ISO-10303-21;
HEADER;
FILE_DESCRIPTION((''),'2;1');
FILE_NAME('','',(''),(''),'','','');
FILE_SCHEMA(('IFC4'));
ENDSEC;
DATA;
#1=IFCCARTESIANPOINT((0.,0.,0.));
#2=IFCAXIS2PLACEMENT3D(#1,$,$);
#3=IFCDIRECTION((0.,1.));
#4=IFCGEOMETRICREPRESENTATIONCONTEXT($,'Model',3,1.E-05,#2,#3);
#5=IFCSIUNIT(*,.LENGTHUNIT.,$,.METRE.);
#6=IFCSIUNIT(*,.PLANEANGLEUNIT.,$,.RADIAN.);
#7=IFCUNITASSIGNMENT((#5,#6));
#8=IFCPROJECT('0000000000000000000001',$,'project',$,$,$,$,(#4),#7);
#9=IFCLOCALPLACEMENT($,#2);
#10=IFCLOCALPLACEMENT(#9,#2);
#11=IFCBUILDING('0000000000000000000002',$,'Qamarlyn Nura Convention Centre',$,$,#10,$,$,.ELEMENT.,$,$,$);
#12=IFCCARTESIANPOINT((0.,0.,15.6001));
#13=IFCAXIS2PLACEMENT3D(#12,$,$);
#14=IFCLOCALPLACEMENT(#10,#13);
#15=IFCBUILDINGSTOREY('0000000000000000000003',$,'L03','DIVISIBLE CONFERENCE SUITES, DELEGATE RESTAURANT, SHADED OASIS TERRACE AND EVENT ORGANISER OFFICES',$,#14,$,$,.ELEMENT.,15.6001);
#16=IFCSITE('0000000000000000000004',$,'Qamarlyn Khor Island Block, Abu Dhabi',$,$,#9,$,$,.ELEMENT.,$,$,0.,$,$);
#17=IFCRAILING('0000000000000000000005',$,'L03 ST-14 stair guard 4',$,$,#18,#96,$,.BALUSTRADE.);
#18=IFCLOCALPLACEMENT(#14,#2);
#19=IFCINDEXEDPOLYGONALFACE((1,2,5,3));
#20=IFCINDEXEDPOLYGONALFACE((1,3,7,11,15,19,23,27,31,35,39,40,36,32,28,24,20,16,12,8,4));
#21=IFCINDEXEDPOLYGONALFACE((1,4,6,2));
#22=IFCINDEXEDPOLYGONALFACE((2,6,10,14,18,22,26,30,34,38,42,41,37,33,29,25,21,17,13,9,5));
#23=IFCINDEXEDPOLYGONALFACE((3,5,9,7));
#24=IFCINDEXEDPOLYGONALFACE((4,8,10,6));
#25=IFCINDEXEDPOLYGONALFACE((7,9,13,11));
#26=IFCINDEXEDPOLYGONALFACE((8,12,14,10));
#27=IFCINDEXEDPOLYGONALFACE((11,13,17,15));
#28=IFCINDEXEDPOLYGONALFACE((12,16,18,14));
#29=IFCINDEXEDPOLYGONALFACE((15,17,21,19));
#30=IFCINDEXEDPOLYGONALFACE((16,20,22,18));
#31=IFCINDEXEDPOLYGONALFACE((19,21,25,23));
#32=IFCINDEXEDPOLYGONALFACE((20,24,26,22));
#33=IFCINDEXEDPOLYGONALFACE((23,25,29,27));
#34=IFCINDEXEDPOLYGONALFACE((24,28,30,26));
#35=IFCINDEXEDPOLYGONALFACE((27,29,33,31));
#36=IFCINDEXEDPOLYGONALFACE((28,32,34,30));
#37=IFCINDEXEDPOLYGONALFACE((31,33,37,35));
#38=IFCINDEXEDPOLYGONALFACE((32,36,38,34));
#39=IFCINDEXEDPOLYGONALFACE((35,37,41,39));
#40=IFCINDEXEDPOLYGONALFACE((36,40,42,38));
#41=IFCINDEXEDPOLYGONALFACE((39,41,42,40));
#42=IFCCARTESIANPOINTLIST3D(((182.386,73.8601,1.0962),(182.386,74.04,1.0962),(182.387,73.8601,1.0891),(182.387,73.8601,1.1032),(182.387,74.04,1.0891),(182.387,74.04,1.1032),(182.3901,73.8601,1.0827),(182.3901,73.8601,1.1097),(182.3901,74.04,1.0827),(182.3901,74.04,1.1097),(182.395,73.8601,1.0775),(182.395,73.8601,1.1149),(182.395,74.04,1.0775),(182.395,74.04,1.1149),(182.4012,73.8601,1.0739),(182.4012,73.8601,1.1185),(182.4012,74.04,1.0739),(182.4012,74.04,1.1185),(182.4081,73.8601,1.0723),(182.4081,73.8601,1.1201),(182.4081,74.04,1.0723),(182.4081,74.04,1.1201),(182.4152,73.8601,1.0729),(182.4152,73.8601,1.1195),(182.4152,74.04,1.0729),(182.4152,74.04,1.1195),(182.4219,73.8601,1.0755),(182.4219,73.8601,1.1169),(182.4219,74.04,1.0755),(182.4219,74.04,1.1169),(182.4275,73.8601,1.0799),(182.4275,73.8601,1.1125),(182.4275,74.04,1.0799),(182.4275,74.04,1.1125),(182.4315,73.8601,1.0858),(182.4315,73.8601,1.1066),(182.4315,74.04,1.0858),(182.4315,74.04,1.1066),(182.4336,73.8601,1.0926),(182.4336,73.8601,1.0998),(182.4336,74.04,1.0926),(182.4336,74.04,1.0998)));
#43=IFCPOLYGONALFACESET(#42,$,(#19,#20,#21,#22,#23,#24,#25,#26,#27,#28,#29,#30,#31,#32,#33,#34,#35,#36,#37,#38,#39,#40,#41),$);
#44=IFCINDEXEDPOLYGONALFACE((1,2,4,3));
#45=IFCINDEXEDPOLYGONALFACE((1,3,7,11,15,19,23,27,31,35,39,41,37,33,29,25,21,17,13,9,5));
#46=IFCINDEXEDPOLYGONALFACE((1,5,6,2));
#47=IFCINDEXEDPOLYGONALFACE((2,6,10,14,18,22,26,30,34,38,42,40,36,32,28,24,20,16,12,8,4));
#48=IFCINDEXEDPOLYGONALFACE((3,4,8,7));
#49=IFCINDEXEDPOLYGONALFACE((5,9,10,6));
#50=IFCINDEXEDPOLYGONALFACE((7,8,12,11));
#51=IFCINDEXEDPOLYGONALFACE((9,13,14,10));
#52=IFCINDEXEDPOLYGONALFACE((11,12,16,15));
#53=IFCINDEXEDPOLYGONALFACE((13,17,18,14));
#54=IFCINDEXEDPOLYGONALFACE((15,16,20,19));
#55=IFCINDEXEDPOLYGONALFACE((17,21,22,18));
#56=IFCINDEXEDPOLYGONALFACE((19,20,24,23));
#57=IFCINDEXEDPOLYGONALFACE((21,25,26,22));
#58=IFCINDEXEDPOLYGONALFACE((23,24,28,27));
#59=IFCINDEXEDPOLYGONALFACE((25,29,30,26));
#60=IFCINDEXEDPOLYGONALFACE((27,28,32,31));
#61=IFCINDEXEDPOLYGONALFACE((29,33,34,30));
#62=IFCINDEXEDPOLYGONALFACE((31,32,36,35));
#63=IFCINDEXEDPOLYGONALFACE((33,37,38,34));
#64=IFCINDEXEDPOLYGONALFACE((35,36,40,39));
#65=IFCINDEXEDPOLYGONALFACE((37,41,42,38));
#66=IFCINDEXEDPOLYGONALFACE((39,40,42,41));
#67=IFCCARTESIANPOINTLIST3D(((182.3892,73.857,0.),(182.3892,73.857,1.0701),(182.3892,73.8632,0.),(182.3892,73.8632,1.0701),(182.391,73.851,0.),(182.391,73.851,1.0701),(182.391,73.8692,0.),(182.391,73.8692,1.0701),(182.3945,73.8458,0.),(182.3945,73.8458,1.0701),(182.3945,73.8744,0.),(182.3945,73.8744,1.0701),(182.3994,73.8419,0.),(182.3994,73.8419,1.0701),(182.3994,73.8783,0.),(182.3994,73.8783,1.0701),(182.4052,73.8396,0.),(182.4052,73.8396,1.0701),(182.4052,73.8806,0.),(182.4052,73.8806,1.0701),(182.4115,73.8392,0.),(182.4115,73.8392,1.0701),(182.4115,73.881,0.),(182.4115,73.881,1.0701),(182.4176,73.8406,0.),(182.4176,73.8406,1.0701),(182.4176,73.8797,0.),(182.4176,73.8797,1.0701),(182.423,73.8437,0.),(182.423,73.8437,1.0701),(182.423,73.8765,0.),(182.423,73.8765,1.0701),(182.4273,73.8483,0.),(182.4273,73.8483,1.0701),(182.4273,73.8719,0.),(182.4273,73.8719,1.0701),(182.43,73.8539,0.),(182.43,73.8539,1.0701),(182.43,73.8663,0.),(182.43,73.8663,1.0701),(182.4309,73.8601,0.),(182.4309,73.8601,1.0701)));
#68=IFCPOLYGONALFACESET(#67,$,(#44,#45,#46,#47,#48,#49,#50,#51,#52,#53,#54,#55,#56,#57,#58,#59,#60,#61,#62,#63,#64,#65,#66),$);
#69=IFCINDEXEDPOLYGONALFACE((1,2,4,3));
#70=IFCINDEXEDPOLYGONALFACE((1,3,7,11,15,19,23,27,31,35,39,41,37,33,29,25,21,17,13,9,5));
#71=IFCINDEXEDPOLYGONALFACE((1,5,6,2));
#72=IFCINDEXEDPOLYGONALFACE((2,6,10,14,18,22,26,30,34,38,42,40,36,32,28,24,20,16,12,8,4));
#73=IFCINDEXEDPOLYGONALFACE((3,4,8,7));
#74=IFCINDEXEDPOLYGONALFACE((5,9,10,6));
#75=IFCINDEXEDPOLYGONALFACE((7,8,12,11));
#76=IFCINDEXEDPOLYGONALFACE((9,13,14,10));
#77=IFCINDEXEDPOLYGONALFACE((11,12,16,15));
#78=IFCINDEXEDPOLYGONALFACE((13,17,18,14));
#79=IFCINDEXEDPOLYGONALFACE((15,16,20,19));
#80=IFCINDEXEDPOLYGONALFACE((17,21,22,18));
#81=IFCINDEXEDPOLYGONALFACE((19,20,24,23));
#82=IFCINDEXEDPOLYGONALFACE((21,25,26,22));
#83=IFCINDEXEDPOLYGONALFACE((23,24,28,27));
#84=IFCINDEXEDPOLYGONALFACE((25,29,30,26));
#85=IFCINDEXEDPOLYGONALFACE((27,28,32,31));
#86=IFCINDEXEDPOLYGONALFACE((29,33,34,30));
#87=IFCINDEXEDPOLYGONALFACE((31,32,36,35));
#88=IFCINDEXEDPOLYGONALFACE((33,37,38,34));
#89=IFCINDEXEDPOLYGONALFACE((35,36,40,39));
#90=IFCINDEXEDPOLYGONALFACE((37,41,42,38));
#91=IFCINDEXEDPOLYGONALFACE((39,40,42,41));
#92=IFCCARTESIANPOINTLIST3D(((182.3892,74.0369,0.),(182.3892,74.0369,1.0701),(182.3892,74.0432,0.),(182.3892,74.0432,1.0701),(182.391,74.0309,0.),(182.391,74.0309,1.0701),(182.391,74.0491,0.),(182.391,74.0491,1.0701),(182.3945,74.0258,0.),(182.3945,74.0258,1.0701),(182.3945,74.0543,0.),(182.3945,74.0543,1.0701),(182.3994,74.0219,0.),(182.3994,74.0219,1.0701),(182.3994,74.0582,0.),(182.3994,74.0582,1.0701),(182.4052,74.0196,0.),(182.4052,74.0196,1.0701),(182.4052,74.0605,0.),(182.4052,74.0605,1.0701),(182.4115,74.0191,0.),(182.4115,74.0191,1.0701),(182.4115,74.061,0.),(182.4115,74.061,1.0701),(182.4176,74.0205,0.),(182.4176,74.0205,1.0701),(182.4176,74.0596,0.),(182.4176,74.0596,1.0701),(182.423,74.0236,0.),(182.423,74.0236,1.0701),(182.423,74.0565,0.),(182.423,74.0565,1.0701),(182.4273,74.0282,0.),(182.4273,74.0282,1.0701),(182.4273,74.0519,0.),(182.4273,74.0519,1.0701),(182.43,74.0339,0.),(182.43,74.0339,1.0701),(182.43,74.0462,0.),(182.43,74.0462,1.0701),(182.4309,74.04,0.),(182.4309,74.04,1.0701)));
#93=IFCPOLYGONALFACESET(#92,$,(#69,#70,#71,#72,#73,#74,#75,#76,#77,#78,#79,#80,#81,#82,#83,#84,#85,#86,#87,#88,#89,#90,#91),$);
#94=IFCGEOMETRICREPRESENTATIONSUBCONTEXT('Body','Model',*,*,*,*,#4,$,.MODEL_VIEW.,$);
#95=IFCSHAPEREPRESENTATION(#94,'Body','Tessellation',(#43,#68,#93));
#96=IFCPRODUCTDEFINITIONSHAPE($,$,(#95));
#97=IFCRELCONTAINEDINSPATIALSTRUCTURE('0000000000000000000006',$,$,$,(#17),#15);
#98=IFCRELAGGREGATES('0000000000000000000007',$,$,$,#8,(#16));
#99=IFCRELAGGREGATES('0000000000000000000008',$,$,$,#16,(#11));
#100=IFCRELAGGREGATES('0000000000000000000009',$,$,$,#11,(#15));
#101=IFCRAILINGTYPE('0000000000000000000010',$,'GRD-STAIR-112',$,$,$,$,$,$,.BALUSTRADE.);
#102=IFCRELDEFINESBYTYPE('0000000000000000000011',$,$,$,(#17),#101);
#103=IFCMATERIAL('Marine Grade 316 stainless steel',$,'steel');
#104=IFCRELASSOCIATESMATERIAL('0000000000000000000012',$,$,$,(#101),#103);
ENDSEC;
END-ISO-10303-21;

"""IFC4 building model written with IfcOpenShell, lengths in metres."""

from ifc_helpers import new_model, si_unit, direction, frame, origin, origin_2d, place, context, subcontext, project, spatial, circle, extrude, material, type_object, element, save


model = new_model("IFC4")

# Units and contexts
model_context = context("Model", 3, precision=1e-05, world=origin(), true_north=direction((0.0, 1.0)))
body_context = subcontext(model_context, "Body", "Model", "MODEL_VIEW")
ifc_project = project(units=[si_unit("LENGTHUNIT", "METRE"), si_unit("PLANEANGLEUNIT", "RADIAN")], contexts=[model_context])

# Site, building, storey
site_placement = place(None, origin())
site = spatial("IfcSite", under=ifc_project, at=site_placement, Name="Qamarlyn Khor Island Block, Abu Dhabi", CompositionType="ELEMENT", RefElevation=0.0)
building_placement = place(site_placement, origin())
building = spatial("IfcBuilding", under=site, at=building_placement, Name="Qamarlyn Nura Convention Centre", CompositionType="ELEMENT")
storey_placement = place(building_placement, frame((0.0, 0.0, 15.6001)))
storey = spatial("IfcBuildingStorey", under=building, at=storey_placement, Name="L03", Description="DIVISIBLE CONFERENCE SUITES, DELEGATE RESTAURANT, SHADED OASIS TERRACE AND EVENT ORGANISER OFFICES", CompositionType="ELEMENT", Elevation=15.6001)

# Railing
ifc_material_1 = material(Name="Marine Grade 316 stainless steel", Category="steel")
railing_type_1 = type_object("IfcRailingType", Name="GRD-STAIR-112", PredefinedType="BALUSTRADE", material=ifc_material_1)
railing_1_placement = place(storey_placement, frame((182.4099, 73.8601, 0.0)))
element("IfcRailing", 1, at=railing_1_placement, inside=storey, type_object=railing_type_1, Name="L03 ST-14 stair guard 4", PredefinedType="BALUSTRADE", context=body_context, shape_type="SweptSolid", body=[
    extrude(circle(Radius=0.0239, at=origin_2d()), frame((0.0, 0.0, 1.0962), z_axis=(0.0, 1.0, 0.0), x_axis=(-1.0, 0.0, 0.0)), (0.0, 0.0, 1.0), 0.1799),
    extrude(circle(Radius=0.021, at=origin_2d()), origin(), (0.0, 0.0, 1.0), 1.0701),
    extrude(circle(Radius=0.021, at=origin_2d()), frame((0.0, 0.1799, 0.0)), (0.0, 0.0, 1.0), 1.0701),
])

save(model, "model.ifc")
